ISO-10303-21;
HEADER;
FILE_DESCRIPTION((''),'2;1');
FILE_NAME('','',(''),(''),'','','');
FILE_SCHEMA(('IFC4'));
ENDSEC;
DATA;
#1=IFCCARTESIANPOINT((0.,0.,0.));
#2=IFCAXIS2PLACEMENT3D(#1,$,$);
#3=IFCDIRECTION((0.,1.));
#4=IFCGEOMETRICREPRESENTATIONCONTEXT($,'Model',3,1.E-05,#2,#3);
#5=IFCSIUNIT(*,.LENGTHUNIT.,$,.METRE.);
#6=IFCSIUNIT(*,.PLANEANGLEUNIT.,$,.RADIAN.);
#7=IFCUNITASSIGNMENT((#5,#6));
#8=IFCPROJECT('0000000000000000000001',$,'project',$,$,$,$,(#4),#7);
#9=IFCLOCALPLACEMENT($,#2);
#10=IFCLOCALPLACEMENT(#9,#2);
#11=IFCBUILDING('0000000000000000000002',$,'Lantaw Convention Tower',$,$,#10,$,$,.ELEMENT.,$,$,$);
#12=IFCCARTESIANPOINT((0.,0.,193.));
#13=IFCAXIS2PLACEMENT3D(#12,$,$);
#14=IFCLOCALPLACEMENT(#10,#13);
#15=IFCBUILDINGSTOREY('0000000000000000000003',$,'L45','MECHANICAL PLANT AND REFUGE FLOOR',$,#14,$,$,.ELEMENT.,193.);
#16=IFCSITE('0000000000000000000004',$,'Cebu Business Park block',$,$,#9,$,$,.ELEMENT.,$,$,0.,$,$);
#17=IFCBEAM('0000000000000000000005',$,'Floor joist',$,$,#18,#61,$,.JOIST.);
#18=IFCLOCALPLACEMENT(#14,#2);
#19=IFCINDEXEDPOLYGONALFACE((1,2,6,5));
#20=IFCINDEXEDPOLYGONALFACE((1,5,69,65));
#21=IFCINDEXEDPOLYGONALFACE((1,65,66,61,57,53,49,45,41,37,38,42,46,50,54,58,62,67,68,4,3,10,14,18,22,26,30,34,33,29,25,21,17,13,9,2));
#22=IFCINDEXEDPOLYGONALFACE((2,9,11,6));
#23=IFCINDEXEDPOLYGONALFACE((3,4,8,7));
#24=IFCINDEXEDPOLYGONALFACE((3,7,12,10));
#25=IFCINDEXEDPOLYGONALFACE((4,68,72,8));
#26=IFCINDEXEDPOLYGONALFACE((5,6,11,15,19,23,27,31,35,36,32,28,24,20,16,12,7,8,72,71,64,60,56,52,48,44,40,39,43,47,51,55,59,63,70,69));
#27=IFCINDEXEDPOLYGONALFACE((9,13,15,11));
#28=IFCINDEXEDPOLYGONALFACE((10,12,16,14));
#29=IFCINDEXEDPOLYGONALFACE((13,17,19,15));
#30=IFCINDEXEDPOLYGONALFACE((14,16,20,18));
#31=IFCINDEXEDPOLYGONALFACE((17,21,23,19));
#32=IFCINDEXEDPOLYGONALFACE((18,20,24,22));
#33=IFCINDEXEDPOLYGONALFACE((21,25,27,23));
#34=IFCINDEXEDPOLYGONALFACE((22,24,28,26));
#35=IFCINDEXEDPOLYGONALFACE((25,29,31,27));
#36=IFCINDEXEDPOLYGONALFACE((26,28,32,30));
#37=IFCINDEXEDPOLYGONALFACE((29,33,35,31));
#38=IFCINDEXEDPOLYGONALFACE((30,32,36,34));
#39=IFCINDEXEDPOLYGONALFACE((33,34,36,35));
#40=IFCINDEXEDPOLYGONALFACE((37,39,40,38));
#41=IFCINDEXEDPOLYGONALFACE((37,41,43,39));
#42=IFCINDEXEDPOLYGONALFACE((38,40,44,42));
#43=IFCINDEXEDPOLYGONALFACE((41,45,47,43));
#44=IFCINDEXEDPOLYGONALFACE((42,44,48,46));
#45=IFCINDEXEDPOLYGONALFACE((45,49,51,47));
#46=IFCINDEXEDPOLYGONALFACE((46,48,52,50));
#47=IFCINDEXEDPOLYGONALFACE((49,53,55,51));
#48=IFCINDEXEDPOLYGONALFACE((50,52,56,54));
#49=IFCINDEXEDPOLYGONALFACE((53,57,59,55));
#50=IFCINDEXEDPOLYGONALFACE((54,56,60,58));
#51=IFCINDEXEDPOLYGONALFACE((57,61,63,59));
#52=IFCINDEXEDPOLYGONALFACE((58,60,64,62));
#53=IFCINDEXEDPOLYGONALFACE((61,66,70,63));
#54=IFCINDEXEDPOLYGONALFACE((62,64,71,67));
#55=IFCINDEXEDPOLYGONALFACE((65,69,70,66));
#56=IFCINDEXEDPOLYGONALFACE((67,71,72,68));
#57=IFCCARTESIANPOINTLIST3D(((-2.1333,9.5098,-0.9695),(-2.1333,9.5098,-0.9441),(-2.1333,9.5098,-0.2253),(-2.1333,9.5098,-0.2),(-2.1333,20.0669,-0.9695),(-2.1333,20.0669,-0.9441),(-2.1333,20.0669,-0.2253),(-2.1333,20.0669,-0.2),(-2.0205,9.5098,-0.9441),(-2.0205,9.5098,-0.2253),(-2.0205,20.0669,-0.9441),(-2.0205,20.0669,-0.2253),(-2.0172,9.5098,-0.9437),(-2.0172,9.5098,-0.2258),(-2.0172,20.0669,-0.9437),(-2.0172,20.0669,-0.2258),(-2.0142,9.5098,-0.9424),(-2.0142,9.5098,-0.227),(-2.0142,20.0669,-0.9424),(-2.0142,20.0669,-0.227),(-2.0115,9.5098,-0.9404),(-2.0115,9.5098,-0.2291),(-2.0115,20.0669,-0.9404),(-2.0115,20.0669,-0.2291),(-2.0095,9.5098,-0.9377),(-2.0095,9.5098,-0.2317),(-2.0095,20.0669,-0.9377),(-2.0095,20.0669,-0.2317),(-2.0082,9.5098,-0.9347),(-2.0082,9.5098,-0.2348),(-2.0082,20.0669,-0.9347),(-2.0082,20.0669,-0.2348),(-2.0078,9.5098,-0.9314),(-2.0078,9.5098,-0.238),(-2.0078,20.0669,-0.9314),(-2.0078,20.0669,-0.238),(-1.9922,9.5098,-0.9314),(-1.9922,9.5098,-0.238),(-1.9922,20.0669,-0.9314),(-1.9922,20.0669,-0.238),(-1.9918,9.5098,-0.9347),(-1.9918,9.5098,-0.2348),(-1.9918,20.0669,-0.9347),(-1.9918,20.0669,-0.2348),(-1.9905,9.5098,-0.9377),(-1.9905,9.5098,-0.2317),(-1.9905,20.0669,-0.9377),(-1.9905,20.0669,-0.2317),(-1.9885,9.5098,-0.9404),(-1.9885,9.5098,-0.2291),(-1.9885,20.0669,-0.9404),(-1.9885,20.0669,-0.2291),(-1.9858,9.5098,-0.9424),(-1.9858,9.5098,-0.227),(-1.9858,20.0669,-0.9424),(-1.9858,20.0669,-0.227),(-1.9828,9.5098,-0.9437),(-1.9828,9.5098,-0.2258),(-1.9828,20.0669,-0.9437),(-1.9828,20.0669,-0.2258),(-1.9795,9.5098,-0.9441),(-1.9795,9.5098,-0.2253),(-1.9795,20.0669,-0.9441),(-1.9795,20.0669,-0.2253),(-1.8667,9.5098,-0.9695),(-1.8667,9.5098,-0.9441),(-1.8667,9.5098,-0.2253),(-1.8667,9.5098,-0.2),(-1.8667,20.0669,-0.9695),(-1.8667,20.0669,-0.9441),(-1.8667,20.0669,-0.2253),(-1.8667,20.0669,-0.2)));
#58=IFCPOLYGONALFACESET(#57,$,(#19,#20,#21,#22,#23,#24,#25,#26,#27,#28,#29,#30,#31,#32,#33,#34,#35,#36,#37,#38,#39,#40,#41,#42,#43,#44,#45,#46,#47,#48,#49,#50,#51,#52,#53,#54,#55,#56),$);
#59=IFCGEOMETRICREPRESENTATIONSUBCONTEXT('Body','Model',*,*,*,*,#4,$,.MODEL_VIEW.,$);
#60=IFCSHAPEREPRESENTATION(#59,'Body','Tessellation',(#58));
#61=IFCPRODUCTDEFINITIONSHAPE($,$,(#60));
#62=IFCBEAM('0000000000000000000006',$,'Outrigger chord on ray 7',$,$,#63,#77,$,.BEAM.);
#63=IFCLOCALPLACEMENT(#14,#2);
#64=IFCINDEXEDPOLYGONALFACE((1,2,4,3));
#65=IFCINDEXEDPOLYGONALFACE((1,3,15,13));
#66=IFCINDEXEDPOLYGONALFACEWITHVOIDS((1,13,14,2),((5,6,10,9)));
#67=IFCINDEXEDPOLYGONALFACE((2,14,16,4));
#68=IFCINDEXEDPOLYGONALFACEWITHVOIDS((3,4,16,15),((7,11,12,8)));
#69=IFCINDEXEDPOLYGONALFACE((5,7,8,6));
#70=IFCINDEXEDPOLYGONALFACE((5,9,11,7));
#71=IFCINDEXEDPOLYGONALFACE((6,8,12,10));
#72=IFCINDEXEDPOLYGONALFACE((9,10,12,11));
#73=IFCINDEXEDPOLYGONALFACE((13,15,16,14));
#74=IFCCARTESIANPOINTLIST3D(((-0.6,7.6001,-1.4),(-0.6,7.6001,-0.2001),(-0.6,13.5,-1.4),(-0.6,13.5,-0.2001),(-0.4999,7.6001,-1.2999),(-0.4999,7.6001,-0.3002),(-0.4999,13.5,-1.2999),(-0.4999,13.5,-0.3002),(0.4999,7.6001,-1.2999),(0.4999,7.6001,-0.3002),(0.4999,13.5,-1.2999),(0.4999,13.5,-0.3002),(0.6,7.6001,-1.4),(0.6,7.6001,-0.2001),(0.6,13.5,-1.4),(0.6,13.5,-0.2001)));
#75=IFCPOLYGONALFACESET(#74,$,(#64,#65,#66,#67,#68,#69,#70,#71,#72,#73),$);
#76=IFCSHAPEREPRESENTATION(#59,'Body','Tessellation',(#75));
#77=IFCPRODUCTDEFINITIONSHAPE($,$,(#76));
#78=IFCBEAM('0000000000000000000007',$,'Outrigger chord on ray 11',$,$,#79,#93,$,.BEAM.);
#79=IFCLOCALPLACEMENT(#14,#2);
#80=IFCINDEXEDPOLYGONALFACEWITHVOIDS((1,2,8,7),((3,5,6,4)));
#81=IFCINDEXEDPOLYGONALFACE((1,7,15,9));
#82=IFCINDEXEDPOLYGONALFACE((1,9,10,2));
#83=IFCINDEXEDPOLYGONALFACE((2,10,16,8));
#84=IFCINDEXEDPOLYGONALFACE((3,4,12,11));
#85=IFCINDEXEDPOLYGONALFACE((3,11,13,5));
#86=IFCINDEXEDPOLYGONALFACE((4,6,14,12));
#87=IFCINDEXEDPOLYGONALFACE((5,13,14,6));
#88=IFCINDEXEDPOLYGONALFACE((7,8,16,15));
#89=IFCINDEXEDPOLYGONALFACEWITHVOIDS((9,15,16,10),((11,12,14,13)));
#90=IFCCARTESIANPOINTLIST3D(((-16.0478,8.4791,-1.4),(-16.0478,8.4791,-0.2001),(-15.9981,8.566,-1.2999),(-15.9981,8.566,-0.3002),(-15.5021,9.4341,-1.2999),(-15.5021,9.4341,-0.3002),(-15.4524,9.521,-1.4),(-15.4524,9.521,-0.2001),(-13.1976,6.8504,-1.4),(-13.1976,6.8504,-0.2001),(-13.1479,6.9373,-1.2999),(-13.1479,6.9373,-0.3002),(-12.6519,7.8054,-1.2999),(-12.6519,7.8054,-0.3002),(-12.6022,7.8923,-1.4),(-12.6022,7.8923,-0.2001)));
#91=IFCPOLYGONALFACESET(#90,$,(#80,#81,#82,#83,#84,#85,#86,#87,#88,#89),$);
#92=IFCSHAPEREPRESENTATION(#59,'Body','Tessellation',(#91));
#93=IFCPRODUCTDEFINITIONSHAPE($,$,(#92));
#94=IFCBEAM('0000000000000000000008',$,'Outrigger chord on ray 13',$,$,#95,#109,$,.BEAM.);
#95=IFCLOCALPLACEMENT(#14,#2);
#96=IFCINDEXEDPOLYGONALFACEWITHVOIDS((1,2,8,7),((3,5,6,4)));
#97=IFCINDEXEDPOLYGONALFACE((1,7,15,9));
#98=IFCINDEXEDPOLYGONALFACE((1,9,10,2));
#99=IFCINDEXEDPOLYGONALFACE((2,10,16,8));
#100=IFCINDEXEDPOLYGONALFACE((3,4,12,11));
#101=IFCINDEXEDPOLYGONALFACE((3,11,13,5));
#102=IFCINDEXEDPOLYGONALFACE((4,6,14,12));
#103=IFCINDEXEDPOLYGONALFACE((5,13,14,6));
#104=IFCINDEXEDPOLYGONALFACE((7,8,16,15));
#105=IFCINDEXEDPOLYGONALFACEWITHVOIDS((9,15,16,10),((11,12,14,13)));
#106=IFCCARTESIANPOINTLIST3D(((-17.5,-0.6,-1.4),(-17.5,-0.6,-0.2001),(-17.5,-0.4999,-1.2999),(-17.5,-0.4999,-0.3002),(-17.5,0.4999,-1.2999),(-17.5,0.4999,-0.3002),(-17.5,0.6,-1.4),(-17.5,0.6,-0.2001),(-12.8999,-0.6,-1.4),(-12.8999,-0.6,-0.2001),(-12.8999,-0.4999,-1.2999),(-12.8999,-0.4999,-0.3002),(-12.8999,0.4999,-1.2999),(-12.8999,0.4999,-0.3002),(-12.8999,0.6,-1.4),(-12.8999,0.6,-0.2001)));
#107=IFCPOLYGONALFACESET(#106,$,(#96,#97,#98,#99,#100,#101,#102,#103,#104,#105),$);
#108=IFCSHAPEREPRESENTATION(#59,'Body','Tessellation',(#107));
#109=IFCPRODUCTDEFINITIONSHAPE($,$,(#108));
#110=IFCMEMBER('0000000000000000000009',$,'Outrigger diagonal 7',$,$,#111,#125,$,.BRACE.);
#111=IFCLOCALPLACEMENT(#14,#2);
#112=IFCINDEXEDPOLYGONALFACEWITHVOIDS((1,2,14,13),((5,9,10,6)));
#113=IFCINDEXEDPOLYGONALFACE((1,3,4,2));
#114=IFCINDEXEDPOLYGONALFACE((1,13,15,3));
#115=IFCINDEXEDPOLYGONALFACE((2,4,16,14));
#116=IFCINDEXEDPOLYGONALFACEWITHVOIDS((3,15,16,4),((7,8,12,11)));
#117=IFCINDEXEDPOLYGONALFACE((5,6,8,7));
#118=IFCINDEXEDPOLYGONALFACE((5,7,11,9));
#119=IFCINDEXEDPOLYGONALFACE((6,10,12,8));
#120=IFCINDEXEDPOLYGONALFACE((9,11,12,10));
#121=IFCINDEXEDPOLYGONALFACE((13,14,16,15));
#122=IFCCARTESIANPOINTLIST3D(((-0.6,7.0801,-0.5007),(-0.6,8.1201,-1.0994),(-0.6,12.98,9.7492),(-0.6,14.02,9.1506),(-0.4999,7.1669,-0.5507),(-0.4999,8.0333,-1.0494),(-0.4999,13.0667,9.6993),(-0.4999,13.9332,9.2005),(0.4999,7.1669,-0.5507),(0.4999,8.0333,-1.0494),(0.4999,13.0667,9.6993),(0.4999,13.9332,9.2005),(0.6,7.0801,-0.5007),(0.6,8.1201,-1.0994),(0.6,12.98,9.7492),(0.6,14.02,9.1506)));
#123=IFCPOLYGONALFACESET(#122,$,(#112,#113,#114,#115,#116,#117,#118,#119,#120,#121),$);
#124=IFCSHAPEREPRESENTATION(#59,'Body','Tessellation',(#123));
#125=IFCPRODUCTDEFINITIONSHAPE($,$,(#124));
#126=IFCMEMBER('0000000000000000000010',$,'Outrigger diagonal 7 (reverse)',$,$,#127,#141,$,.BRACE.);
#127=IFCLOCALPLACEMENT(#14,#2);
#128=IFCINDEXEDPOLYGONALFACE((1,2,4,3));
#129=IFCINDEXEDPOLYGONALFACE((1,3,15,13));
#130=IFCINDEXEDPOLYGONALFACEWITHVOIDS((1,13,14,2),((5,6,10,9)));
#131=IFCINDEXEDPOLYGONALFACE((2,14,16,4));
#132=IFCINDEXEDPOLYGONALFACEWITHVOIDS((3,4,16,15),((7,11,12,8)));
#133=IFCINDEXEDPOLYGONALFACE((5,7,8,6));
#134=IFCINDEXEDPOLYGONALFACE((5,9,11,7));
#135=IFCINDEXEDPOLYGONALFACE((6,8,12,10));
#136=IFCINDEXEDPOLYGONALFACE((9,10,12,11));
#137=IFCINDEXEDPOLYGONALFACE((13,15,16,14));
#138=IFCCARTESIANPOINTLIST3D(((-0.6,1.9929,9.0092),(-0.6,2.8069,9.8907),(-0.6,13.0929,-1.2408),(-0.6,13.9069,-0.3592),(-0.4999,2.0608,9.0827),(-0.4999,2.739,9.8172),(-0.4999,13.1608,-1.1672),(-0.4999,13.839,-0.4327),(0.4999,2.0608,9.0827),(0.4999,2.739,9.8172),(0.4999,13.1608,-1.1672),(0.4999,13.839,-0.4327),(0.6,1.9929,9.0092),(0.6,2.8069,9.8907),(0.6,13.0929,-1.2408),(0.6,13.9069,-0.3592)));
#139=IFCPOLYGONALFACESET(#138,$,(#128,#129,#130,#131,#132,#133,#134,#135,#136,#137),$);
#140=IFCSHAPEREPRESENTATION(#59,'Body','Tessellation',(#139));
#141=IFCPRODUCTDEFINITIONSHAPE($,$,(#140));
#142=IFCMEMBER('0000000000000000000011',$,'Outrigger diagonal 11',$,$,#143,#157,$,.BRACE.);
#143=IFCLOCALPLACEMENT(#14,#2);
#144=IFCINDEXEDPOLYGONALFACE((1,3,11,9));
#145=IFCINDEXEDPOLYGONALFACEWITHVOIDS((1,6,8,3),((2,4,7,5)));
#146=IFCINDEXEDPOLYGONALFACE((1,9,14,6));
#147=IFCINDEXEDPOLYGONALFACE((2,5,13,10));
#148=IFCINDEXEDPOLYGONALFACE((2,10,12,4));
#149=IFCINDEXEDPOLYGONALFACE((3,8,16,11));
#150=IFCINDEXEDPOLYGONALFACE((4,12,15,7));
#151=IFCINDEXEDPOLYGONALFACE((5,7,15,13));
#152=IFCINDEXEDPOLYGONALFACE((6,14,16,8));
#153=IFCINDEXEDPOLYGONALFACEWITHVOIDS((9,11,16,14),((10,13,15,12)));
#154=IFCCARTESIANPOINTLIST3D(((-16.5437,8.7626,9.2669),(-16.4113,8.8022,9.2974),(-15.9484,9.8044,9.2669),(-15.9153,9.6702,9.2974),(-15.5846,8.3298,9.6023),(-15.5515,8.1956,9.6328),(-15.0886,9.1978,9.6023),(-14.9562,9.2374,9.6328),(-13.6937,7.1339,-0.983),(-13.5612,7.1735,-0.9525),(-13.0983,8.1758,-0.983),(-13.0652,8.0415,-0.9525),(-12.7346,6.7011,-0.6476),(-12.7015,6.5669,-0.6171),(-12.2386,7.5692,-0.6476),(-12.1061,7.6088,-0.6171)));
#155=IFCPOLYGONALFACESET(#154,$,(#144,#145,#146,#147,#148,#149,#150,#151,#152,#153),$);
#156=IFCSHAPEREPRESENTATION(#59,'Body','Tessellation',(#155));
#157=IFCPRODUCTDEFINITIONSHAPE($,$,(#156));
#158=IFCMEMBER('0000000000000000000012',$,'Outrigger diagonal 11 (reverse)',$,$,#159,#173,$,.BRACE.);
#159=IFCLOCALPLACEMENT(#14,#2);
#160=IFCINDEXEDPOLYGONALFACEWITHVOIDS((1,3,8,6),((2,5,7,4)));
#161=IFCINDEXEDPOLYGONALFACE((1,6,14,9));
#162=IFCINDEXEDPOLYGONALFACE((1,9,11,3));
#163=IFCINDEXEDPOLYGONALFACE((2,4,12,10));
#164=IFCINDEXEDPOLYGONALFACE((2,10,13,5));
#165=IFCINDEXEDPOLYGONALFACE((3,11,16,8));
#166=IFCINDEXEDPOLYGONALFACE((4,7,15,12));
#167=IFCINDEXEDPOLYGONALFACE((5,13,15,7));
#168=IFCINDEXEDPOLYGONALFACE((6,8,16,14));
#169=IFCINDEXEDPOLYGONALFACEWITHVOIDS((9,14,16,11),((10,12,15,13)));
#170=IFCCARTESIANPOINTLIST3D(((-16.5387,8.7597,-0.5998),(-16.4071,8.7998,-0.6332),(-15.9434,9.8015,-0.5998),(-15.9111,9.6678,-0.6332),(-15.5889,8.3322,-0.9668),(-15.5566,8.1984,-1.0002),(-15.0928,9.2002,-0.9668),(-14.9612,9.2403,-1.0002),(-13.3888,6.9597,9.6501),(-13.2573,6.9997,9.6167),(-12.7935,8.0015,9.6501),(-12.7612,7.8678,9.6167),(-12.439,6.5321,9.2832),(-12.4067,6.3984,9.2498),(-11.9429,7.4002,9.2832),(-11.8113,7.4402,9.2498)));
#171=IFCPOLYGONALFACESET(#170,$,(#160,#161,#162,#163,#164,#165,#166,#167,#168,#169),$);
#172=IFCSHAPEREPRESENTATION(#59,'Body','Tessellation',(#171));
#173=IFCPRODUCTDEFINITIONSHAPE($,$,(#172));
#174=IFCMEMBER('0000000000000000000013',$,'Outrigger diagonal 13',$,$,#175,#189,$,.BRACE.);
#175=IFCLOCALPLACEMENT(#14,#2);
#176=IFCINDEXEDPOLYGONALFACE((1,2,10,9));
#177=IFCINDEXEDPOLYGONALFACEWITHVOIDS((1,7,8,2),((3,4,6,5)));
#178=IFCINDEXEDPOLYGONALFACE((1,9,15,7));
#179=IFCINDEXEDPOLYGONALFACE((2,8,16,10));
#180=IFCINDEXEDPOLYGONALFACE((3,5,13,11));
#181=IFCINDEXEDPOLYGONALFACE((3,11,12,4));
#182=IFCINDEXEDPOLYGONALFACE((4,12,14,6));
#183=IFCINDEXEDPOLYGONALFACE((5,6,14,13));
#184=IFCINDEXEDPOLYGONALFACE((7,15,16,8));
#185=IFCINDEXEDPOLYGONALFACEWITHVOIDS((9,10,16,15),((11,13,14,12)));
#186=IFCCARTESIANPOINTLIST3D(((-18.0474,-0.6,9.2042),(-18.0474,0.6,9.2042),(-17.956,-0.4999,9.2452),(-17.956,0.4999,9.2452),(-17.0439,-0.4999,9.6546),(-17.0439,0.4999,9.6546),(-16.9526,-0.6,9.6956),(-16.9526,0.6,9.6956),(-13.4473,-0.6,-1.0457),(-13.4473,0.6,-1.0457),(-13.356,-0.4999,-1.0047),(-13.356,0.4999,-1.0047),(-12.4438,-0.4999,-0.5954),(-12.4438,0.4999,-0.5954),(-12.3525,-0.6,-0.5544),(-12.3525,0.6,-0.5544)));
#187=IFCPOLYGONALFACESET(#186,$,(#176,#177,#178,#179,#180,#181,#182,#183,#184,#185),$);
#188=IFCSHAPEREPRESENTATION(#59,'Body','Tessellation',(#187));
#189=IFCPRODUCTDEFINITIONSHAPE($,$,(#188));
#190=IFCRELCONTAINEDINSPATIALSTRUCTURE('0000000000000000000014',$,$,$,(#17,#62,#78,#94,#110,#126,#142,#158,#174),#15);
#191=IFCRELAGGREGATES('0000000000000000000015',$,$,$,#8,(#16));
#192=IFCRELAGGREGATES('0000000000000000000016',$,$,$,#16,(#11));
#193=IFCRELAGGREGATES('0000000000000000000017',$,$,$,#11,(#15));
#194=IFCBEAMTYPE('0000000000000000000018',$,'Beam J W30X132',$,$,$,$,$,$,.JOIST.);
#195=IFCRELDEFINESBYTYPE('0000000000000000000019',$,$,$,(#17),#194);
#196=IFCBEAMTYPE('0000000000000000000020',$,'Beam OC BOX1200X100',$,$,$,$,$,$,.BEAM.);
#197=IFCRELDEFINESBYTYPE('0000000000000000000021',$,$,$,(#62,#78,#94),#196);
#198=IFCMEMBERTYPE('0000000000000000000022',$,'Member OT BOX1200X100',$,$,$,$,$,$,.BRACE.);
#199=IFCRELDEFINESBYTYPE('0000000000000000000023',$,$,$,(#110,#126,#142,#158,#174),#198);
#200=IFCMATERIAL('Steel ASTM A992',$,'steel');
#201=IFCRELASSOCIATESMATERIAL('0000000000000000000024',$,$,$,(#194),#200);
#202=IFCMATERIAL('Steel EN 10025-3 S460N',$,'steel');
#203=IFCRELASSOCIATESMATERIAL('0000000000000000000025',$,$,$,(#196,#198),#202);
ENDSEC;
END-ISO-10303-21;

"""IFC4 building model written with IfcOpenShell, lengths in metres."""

from ifc_helpers import new_model, si_unit, direction, frame, origin, origin_2d, place, context, subcontext, project, spatial, hollow_rectangle, i_section, extrude, material, material_profile, profile_set, type_object, element, save


model = new_model("IFC4")

# Units and contexts
model_context = context("Model", 3, precision=1e-05, world=origin(), true_north=direction((0.0, 1.0)))
body_context = subcontext(model_context, "Body", "Model", "MODEL_VIEW")
ifc_project = project(units=[si_unit("LENGTHUNIT", "METRE"), si_unit("PLANEANGLEUNIT", "RADIAN")], contexts=[model_context])

# Site, building, storey
site_placement = place(None, origin())
site = spatial("IfcSite", under=ifc_project, at=site_placement, Name="Cebu Business Park block", CompositionType="ELEMENT", RefElevation=0.0)
building_placement = place(site_placement, origin())
building = spatial("IfcBuilding", under=site, at=building_placement, Name="Lantaw Convention Tower", CompositionType="ELEMENT")
storey_placement = place(building_placement, frame((0.0, 0.0, 193.0)))
storey = spatial("IfcBuildingStorey", under=building, at=storey_placement, Name="L45", Description="MECHANICAL PLANT AND REFUGE FLOOR", CompositionType="ELEMENT", Elevation=193.0)

# Beams
ifc_material_1 = material(Name="Steel ASTM A992", Category="steel")
ifc_material_profile_1 = material_profile(ifc_material_1, i_section(OverallWidth=0.2666, OverallDepth=0.7695, WebThickness=0.0156, FlangeThickness=0.0254, FilletRadius=0.0127, at=origin_2d()), Name="W30X132")
ifc_profile_set_1 = profile_set([ifc_material_profile_1], Name="Steel ASTM A992")
beam_type_1 = type_object("IfcBeamType", Name="Beam J W30X132", PredefinedType="JOIST", material=ifc_profile_set_1)
beam_1_placement = place(storey_placement, frame((-2.0, 9.5098, -0.5847), z_axis=(0.0, 1.0, 0.0), x_axis=(-1.0, 0.0, 0.0)))
element("IfcBeam", 1, at=beam_1_placement, inside=storey, type_object=beam_type_1, Name="Floor joist", PredefinedType="JOIST", context=body_context, shape_type="SweptSolid", body=[
    extrude(i_section(OverallWidth=0.2666, OverallDepth=0.7695, WebThickness=0.0156, FlangeThickness=0.0254, FilletRadius=0.0127, at=origin_2d()), origin(), (0.0, 0.0, 1.0), 10.5571),
])
ifc_material_2 = material(Name="Steel EN 10025-3 S460N", Category="steel")
ifc_material_profile_2 = material_profile(ifc_material_2, hollow_rectangle(XDim=1.2, YDim=1.2, WallThickness=0.1001, at=origin_2d()), Name="BOX1200X100")
ifc_profile_set_2 = profile_set([ifc_material_profile_2], Name="Steel EN 10025-3 S460N")
beam_type_2 = type_object("IfcBeamType", Name="Beam OC BOX1200X100", PredefinedType="BEAM", material=ifc_profile_set_2)
beam_2_placement = place(storey_placement, frame((0.0, 7.6001, -0.8), z_axis=(0.0, 1.0, 0.0), x_axis=(-1.0, 0.0, 0.0)))
element("IfcBeam", 2, at=beam_2_placement, inside=storey, type_object=beam_type_2, Name="Outrigger chord on ray 7", PredefinedType="BEAM", context=body_context, shape_type="SweptSolid", body=[
    extrude(hollow_rectangle(XDim=1.2, YDim=1.2, WallThickness=0.1001, at=origin_2d()), origin(), (0.0, 0.0, 1.0), 5.8999),
])
beam_3_placement = place(storey_placement, frame((-12.8999, 7.3713, -0.8), z_axis=(-0.868239, 0.496147, 0.0), x_axis=(-0.496147, -0.868239, 0.0)))
element("IfcBeam", 3, at=beam_3_placement, inside=storey, type_object=beam_type_2, Name="Outrigger chord on ray 11", PredefinedType="BEAM", context=body_context, shape_type="SweptSolid", body=[
    extrude(hollow_rectangle(XDim=1.2, YDim=1.2, WallThickness=0.1001, at=origin_2d()), origin(), (0.0, 0.0, 1.0), 3.2827),
])
beam_4_placement = place(storey_placement, frame((-12.8999, 0.0, -0.8), z_axis=(-1.0, 0.0, 0.0), x_axis=(0.0, -1.0, 0.0)))
element("IfcBeam", 4, at=beam_4_placement, inside=storey, type_object=beam_type_2, Name="Outrigger chord on ray 13", PredefinedType="BEAM", context=body_context, shape_type="SweptSolid", body=[
    extrude(hollow_rectangle(XDim=1.2, YDim=1.2, WallThickness=0.1001, at=origin_2d()), origin(), (0.0, 0.0, 1.0), 4.6001),
])

# Members
ifc_material_profile_3 = material_profile(ifc_material_2, hollow_rectangle(XDim=1.2, YDim=1.2, WallThickness=0.1001, at=origin_2d()), Name="BOX1200X100")
ifc_profile_set_3 = profile_set([ifc_material_profile_3], Name="Steel EN 10025-3 S460N")
member_type = type_object("IfcMemberType", Name="Member OT BOX1200X100", PredefinedType="BRACE", material=ifc_profile_set_3)
member_1_placement = place(storey_placement, frame((0.0, 7.6001, -0.8), z_axis=(0.0, 0.498862, 0.866681), x_axis=(-1.0, 0.0, 0.0)))
element("IfcMember", 5, at=member_1_placement, inside=storey, type_object=member_type, Name="Outrigger diagonal 7", PredefinedType="BRACE", context=body_context, shape_type="SweptSolid", body=[
    extrude(hollow_rectangle(XDim=1.2, YDim=1.2, WallThickness=0.1001, at=origin_2d()), origin(), (0.0, 0.0, 1.0), 11.8267),
])
member_2_placement = place(storey_placement, frame((0.0, 2.3999, 9.45), z_axis=(0.0, 0.73468, -0.678414), x_axis=(-1.0, 0.0, 0.0)))
element("IfcMember", 6, at=member_2_placement, inside=storey, type_object=member_type, Name="Outrigger diagonal 7 (reverse)", PredefinedType="BRACE", context=body_context, shape_type="SweptSolid", body=[
    extrude(hollow_rectangle(XDim=1.2, YDim=1.2, WallThickness=0.1001, at=origin_2d()), origin(), (0.0, 0.0, 1.0), 15.1086),
])
member_3_placement = place(storey_placement, frame((-12.8999, 7.3713, -0.8), z_axis=(-0.26481, 0.151323, 0.952353), x_axis=(-0.496147, -0.868239, 0.0)))
element("IfcMember", 7, at=member_3_placement, inside=storey, type_object=member_type, Name="Outrigger diagonal 11", PredefinedType="BRACE", context=body_context, shape_type="SweptSolid", body=[
    extrude(hollow_rectangle(XDim=1.2, YDim=1.2, WallThickness=0.1001, at=origin_2d()), origin(), (0.0, 0.0, 1.0), 10.7627),
])
member_4_placement = place(storey_placement, frame((-12.6001, 7.2, 9.45), z_axis=(-0.289696, 0.16555, -0.942692), x_axis=(-0.496161, -0.868231, 0.0)))
element("IfcMember", 8, at=member_4_placement, inside=storey, type_object=member_type, Name="Outrigger diagonal 11 (reverse)", PredefinedType="BRACE", context=body_context, shape_type="SweptSolid", body=[
    extrude(hollow_rectangle(XDim=1.2, YDim=1.2, WallThickness=0.1001, at=origin_2d()), origin(), (0.0, 0.0, 1.0), 10.873),
])
member_5_placement = place(storey_placement, frame((-12.8999, 0.0, -0.8), z_axis=(-0.409446, 0.0, 0.912334), x_axis=(0.0, -1.0, 0.0)))
element("IfcMember", 9, at=member_5_placement, inside=storey, type_object=member_type, Name="Outrigger diagonal 13", PredefinedType="BRACE", context=body_context, shape_type="SweptSolid", body=[
    extrude(hollow_rectangle(XDim=1.2, YDim=1.2, WallThickness=0.1001, at=origin_2d()), origin(), (0.0, 0.0, 1.0), 11.2349),
])

save(model, "model.ifc")
